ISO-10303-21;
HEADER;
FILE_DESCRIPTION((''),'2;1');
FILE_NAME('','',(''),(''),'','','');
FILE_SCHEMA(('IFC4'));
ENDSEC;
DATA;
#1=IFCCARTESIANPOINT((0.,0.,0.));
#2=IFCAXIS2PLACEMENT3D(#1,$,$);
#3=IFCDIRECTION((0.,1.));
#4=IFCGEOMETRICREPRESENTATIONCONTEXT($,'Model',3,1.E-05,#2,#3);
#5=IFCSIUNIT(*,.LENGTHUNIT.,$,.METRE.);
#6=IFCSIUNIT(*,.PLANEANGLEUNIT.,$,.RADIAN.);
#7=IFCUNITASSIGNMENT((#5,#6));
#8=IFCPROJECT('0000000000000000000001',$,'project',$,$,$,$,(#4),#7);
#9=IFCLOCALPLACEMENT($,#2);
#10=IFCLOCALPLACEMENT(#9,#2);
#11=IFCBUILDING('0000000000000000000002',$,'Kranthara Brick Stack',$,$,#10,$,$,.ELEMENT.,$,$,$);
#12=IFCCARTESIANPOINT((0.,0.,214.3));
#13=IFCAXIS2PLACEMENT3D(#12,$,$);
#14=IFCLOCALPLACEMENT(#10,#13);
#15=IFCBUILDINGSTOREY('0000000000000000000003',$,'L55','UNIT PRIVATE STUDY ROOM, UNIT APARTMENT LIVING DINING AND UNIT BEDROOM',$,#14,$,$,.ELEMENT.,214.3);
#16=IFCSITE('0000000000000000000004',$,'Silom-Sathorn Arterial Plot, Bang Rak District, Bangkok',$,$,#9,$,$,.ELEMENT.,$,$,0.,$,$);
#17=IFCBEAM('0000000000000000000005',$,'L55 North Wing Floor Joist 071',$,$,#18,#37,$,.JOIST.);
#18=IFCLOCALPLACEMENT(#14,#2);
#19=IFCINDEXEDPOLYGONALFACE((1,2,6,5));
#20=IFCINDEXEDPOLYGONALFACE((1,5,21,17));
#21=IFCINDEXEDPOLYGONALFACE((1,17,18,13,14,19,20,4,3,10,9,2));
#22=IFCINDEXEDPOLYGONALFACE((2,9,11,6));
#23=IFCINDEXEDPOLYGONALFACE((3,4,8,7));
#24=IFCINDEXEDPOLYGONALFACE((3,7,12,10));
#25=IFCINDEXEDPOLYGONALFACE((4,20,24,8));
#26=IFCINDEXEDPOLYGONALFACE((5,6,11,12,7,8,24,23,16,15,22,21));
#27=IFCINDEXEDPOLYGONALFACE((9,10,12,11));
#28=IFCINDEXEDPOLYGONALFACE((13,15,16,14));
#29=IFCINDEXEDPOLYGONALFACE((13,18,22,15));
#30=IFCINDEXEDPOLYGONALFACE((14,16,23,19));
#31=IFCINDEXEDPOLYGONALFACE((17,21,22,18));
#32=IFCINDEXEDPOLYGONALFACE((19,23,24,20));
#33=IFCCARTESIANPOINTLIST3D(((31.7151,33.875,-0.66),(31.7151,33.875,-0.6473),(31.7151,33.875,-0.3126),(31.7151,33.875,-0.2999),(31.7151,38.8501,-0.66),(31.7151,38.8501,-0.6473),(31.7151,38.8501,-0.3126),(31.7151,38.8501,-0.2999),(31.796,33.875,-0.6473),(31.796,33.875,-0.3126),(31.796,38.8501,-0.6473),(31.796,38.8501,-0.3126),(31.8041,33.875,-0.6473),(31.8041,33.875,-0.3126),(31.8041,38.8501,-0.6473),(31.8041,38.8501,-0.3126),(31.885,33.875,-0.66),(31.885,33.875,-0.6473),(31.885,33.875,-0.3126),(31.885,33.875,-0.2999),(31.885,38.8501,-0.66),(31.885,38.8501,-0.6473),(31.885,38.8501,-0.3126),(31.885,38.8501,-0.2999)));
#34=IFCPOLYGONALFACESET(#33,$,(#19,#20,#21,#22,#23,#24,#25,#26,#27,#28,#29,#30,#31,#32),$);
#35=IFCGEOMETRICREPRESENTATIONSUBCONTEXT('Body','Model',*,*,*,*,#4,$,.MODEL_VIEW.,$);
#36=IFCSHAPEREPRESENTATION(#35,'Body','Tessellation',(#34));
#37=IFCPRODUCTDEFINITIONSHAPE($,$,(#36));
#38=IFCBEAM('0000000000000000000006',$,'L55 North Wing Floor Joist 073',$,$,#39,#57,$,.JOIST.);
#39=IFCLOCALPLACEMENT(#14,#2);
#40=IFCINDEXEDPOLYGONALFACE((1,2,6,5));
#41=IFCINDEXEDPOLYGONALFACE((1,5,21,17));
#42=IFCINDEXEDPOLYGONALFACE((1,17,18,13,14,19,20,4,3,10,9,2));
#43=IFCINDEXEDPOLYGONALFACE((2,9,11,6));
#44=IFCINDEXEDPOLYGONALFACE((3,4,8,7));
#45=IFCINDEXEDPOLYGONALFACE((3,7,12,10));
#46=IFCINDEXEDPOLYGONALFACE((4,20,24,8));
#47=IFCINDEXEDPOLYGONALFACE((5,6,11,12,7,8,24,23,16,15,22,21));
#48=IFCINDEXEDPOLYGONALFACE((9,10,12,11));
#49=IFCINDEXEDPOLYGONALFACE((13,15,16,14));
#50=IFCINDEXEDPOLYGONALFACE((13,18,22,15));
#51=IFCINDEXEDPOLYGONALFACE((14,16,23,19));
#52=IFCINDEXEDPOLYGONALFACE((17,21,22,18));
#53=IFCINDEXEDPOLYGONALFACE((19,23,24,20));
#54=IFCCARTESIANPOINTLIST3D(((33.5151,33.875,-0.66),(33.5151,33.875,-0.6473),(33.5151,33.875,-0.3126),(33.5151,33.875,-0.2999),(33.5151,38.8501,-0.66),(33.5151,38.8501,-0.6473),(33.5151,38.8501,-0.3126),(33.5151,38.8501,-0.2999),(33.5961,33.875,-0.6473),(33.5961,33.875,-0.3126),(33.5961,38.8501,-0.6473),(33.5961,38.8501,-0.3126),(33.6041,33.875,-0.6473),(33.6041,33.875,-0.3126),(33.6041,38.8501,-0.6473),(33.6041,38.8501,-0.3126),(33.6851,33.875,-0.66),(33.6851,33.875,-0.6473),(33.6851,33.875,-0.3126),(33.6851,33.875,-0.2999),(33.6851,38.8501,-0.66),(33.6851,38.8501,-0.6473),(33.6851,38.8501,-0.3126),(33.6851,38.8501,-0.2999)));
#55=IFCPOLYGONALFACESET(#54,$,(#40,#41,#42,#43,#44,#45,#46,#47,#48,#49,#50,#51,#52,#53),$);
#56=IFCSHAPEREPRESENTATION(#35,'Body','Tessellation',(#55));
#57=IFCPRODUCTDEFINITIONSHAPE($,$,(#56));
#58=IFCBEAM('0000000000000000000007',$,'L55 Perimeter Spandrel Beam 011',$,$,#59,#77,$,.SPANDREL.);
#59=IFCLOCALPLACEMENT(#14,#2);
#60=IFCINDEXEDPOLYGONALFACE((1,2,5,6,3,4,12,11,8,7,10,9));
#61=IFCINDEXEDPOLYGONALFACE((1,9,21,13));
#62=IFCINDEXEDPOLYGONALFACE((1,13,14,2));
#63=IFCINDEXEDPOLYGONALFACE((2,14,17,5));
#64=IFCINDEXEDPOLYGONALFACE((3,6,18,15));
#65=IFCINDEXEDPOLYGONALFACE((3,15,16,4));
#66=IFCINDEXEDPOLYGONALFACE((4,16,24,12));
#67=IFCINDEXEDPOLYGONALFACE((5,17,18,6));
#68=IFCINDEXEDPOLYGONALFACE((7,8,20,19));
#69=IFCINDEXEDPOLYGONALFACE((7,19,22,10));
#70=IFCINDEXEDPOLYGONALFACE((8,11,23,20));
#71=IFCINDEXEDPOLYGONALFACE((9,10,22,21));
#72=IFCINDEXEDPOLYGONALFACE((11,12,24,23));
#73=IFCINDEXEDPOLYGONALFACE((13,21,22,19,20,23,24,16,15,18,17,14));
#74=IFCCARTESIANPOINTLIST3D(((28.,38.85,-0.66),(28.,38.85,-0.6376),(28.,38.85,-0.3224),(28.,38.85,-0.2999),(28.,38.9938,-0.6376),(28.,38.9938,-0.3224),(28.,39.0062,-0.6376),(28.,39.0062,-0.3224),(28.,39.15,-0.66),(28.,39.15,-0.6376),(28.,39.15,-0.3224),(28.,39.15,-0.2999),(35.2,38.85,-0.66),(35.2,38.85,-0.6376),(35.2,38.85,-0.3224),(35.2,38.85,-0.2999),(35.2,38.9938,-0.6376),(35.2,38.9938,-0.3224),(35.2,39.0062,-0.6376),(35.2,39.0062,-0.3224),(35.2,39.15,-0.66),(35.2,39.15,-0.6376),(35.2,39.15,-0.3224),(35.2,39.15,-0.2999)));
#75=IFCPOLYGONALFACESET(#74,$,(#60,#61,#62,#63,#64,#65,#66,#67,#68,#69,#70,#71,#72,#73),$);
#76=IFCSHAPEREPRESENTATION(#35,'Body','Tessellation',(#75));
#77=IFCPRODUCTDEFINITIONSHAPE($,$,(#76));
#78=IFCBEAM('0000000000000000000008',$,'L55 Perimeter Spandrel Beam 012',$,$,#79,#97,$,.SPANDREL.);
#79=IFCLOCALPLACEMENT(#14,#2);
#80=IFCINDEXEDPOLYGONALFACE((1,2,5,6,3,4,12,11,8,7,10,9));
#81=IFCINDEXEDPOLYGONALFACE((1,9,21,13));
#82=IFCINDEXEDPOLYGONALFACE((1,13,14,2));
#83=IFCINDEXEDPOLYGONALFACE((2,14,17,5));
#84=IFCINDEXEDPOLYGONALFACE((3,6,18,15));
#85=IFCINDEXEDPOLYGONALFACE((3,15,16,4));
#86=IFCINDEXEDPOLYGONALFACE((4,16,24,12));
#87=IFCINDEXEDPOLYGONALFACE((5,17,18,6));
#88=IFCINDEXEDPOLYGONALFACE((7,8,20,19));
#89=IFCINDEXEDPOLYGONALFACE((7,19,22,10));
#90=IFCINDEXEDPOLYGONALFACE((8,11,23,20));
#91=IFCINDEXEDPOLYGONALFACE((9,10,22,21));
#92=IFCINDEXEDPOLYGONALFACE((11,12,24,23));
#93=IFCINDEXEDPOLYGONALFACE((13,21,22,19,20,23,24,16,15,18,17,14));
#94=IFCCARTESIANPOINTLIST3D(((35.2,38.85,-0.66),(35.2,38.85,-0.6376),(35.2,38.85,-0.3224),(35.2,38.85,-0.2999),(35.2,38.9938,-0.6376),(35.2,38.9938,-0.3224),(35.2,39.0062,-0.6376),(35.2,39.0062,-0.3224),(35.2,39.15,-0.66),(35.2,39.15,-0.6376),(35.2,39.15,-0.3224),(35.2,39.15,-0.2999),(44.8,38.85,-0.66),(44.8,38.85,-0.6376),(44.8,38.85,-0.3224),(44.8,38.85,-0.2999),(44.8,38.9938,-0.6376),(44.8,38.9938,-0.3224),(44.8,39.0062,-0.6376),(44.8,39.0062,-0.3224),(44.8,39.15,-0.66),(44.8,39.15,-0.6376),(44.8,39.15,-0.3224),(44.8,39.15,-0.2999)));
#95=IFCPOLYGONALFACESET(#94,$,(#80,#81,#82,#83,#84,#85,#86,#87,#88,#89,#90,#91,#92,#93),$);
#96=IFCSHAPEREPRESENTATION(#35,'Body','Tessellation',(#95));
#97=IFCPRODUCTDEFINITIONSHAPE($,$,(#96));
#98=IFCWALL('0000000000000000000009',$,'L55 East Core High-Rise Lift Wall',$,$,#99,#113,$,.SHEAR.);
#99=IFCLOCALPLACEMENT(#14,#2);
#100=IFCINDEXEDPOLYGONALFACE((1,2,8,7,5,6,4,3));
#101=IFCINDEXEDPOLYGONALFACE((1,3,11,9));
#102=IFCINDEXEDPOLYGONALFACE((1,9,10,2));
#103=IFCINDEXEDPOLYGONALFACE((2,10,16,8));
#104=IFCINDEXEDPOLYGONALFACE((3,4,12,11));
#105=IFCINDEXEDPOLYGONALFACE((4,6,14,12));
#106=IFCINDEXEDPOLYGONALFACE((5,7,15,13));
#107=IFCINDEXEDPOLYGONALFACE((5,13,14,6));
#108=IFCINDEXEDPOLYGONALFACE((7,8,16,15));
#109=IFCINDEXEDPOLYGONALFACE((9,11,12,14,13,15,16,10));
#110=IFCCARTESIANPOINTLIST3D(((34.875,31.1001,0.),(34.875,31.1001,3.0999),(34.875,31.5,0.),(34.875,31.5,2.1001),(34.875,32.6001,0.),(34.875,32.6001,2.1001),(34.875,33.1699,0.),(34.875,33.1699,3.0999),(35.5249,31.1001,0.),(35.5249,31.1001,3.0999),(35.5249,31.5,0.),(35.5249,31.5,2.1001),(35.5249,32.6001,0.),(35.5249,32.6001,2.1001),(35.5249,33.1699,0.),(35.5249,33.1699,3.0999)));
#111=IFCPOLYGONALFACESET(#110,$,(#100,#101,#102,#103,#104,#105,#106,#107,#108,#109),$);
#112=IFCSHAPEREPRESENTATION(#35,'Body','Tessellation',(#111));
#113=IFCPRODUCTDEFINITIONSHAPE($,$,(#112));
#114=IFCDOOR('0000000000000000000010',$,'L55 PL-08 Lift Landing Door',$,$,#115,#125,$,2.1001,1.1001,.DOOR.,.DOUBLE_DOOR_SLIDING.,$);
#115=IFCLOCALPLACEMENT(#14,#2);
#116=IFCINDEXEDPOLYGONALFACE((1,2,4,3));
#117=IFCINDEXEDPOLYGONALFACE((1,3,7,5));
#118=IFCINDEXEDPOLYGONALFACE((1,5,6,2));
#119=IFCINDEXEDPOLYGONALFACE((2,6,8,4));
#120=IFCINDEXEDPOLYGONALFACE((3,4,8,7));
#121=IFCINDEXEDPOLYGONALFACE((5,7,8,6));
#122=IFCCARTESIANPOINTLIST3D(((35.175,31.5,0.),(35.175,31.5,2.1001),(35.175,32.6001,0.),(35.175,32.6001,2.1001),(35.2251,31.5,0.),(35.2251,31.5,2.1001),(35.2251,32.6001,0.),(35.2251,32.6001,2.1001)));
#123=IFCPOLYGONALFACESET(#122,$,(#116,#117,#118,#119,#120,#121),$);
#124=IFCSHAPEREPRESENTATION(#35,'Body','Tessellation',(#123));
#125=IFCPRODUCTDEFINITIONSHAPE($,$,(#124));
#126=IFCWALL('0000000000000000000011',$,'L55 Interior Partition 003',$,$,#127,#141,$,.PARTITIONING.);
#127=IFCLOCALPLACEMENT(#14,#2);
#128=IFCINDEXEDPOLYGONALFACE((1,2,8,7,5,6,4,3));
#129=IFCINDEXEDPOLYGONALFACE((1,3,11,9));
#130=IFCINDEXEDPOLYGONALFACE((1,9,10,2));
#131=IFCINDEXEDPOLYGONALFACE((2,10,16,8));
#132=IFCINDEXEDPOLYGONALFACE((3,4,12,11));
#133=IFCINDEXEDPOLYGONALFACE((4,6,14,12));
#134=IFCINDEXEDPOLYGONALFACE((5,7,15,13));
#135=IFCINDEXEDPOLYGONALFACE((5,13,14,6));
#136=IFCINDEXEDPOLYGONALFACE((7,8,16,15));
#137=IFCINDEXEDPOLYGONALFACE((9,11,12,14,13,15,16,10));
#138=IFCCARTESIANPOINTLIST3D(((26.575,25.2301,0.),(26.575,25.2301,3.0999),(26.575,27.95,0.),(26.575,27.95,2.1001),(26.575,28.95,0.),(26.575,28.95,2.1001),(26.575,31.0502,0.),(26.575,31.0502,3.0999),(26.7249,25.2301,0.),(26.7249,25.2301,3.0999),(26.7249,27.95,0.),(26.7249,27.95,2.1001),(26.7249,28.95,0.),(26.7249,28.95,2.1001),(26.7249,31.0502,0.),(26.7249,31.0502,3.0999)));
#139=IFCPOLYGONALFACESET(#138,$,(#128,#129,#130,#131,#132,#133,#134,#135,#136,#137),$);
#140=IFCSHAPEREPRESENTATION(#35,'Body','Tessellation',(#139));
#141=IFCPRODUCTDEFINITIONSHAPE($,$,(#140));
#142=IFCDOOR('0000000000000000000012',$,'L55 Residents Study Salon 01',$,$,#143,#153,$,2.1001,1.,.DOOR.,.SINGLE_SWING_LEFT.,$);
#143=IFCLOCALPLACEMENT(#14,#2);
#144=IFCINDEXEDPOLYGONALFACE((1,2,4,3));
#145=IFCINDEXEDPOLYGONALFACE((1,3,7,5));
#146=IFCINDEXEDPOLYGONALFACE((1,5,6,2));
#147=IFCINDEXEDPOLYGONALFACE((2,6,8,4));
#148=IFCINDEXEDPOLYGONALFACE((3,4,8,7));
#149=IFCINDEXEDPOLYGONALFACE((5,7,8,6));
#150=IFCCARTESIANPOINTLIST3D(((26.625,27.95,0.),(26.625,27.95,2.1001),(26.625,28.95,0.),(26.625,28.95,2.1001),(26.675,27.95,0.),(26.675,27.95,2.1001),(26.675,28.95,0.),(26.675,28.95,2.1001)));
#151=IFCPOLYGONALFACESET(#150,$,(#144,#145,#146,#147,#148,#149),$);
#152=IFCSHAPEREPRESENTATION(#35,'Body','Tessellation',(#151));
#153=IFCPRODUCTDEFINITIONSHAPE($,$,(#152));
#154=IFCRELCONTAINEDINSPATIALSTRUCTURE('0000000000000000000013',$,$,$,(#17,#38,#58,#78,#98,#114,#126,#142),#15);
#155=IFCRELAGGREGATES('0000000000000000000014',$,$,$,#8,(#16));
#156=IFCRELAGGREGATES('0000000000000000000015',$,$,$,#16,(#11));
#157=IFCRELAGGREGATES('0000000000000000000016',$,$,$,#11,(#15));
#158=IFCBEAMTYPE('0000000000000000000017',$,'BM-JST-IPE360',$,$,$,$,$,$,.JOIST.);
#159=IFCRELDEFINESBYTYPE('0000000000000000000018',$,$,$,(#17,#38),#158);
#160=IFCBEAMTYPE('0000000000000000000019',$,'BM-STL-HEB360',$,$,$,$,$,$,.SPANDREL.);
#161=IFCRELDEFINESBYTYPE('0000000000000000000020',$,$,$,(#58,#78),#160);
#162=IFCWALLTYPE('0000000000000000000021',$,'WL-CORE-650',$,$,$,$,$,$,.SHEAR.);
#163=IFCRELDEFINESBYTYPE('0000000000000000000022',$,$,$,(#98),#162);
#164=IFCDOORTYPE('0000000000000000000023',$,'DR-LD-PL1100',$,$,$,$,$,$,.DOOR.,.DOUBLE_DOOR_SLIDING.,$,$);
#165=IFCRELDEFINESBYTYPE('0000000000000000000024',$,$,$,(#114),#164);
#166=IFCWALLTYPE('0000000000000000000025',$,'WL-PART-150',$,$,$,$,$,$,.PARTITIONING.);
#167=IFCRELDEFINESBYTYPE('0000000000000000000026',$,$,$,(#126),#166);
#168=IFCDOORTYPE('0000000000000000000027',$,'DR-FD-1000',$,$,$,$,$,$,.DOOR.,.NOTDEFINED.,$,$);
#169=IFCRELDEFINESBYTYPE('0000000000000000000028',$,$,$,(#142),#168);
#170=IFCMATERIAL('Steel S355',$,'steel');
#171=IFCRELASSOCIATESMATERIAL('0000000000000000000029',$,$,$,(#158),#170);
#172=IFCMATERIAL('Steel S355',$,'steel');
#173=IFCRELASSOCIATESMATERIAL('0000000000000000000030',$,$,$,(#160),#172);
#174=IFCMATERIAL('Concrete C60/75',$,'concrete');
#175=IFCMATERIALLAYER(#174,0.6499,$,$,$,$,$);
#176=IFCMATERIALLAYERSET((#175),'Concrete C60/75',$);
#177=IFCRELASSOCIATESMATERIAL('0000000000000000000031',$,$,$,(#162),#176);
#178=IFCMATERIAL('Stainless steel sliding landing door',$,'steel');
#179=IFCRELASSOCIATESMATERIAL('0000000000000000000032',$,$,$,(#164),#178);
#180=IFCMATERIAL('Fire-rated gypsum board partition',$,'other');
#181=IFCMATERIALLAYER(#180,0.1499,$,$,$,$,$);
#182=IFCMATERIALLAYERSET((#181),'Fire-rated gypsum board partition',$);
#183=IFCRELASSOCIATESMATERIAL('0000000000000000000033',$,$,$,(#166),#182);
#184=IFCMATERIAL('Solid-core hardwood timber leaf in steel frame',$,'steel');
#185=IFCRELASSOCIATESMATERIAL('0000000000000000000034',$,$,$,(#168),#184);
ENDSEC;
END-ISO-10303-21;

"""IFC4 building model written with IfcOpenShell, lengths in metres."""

from ifc_helpers import new_model, si_unit, direction, frame, frame_2d, origin, origin_2d, place, context, subcontext, project, spatial, rectangle, i_section, extrude, material, layer, layer_set, material_profile, profile_set, type_object, element, fill, save


model = new_model("IFC4")

# Units and contexts
model_context = context("Model", 3, precision=1e-05, world=origin(), true_north=direction((0.0, 1.0)))
body_context = subcontext(model_context, "Body", "Model", "MODEL_VIEW")
ifc_project = project(units=[si_unit("LENGTHUNIT", "METRE"), si_unit("PLANEANGLEUNIT", "RADIAN")], contexts=[model_context])

# Site, building, storey
site_placement = place(None, origin())
site = spatial("IfcSite", under=ifc_project, at=site_placement, Name="Silom-Sathorn Arterial Plot, Bang Rak District, Bangkok", CompositionType="ELEMENT", RefElevation=0.0)
building_placement = place(site_placement, origin())
building = spatial("IfcBuilding", under=site, at=building_placement, Name="Kranthara Brick Stack", CompositionType="ELEMENT")
storey_placement = place(building_placement, frame((0.0, 0.0, 214.3)))
storey = spatial("IfcBuildingStorey", under=building, at=storey_placement, Name="L55", Description="UNIT PRIVATE STUDY ROOM, UNIT APARTMENT LIVING DINING AND UNIT BEDROOM", CompositionType="ELEMENT", Elevation=214.3)

# Beams
ifc_material_1 = material(Name="Steel S355", Category="steel")
ifc_material_profile_1 = material_profile(ifc_material_1, i_section(OverallWidth=0.1699, OverallDepth=0.3601, WebThickness=0.0081, FlangeThickness=0.0127, at=origin_2d()), Name="IPE 360")
ifc_profile_set_1 = profile_set([ifc_material_profile_1], Name="Steel S355")
beam_type_1 = type_object("IfcBeamType", Name="BM-JST-IPE360", PredefinedType="JOIST", material=ifc_profile_set_1)
for number, where, z_axis, x_axis, name in (
    (1, (31.8, 33.875, -0.48), (0.0, 1.0, 0.0), (-1.0, 0.0, 0.0), "L55 North Wing Floor Joist 071"),
    (2, (33.6001, 33.875, -0.48), (0.0, 1.0, 0.0), (-1.0, 0.0, 0.0), "L55 North Wing Floor Joist 073"),
):
    element("IfcBeam", number, at=place(storey_placement, frame(where, z_axis=z_axis, x_axis=x_axis)), inside=storey, type_object=beam_type_1, Name=name, PredefinedType="JOIST", context=body_context, shape_type="SweptSolid", body=[
        extrude(i_section(OverallWidth=0.1699, OverallDepth=0.3601, WebThickness=0.0081, FlangeThickness=0.0127, at=origin_2d()), origin(), (0.0, 0.0, 1.0), 4.9751),
    ])
ifc_material_2 = material(Name="Steel S355", Category="steel")
ifc_material_profile_2 = material_profile(ifc_material_2, i_section(OverallWidth=0.3, OverallDepth=0.3601, WebThickness=0.0125, FlangeThickness=0.0225, at=origin_2d()), Name="HEB 360")
ifc_profile_set_2 = profile_set([ifc_material_profile_2], Name="Steel S355")
beam_type_2 = type_object("IfcBeamType", Name="BM-STL-HEB360", PredefinedType="SPANDREL", material=ifc_profile_set_2)
beam_1_placement = place(storey_placement, frame((28.0, 39.0, -0.48), z_axis=(1.0, 0.0, 0.0), x_axis=(0.0, 1.0, 0.0)))
element("IfcBeam", 3, at=beam_1_placement, inside=storey, type_object=beam_type_2, Name="L55 Perimeter Spandrel Beam 011", PredefinedType="SPANDREL", context=body_context, shape_type="SweptSolid", body=[
    extrude(i_section(OverallWidth=0.3, OverallDepth=0.3601, WebThickness=0.0125, FlangeThickness=0.0225, at=origin_2d()), origin(), (0.0, 0.0, 1.0), 7.2),
])
beam_2_placement = place(storey_placement, frame((35.2, 39.0, -0.48), z_axis=(1.0, 0.0, 0.0), x_axis=(0.0, 1.0, 0.0)))
element("IfcBeam", 4, at=beam_2_placement, inside=storey, type_object=beam_type_2, Name="L55 Perimeter Spandrel Beam 012", PredefinedType="SPANDREL", context=body_context, shape_type="SweptSolid", body=[
    extrude(i_section(OverallWidth=0.3, OverallDepth=0.3601, WebThickness=0.0125, FlangeThickness=0.0225, at=origin_2d()), origin(), (0.0, 0.0, 1.0), 9.6001),
])

# Walls, openings, doors
ifc_material_3 = material(Name="Concrete C60/75", Category="concrete")
ifc_layer_1 = layer(ifc_material_3, 0.6499)
ifc_layer_set_1 = layer_set([ifc_layer_1], Name="Concrete C60/75")
wall_type_1 = type_object("IfcWallType", Name="WL-CORE-650", PredefinedType="SHEAR", material=ifc_layer_set_1)
wall_1_placement = place(storey_placement, frame((35.2, 31.1001, 0.0), z_axis=(0.0, 0.0, 1.0), x_axis=(0.0, 1.0, 0.0)))
wall_1 = element("IfcWall", 5, at=wall_1_placement, inside=storey, type_object=wall_type_1, Name="L55 East Core High-Rise Lift Wall", PredefinedType="SHEAR", context=body_context, shape_type="SweptSolid", body=[
    extrude(rectangle(XDim=2.0698, YDim=0.6499, at=frame_2d((1.0349, 0.0))), origin(), (0.0, 0.0, 1.0), 3.0999),
])
opening_1_placement = place(wall_1_placement, frame((0.3999, 0.0, 0.0)))
opening_1 = element("IfcOpeningElement", 6, at=opening_1_placement, cuts=wall_1, PredefinedType="OPENING", context=body_context, shape_type="SweptSolid", body=[
    extrude(rectangle(XDim=1.1001, YDim=2.1001, at=frame_2d((0.55, 1.05))), frame((0.0, 0.335, 0.0), z_axis=(0.0, -1.0, 0.0), x_axis=(1.0, 0.0, 0.0)), (0.0, 0.0, 1.0), 0.6699),
])
ifc_material_4 = material(Name="Stainless steel sliding landing door", Category="steel")
door_type_1 = type_object("IfcDoorType", Name="DR-LD-PL1100", OperationType="DOUBLE_DOOR_SLIDING", PredefinedType="DOOR", material=ifc_material_4)
door_1_placement = place(opening_1_placement, origin())
door_1 = element("IfcDoor", 7, at=door_1_placement, inside=storey, type_object=door_type_1, Name="L55 PL-08 Lift Landing Door", OperationType="DOUBLE_DOOR_SLIDING", OverallHeight=2.1001, OverallWidth=1.1001, PredefinedType="DOOR", context=body_context, shape_type="SweptSolid", body=[
    extrude(rectangle(XDim=1.1001, YDim=2.1001, at=frame_2d((0.55, 1.05))), frame((0.0, 0.0249, 0.0), z_axis=(0.0, -1.0, 0.0), x_axis=(1.0, 0.0, 0.0)), (0.0, 0.0, 1.0), 0.05),
])
fill(opening_1, door_1)
ifc_material_5 = material(Name="Fire-rated gypsum board partition", Category="other")
ifc_layer_2 = layer(ifc_material_5, 0.1499)
ifc_layer_set_2 = layer_set([ifc_layer_2], Name="Fire-rated gypsum board partition")
wall_type_2 = type_object("IfcWallType", Name="WL-PART-150", PredefinedType="PARTITIONING", material=ifc_layer_set_2)
wall_2_placement = place(storey_placement, frame((26.6499, 25.23, 0.0), z_axis=(0.0, 0.0, 1.0), x_axis=(0.0, 1.0, 0.0)))
wall_2 = element("IfcWall", 8, at=wall_2_placement, inside=storey, type_object=wall_type_2, Name="L55 Interior Partition 003", PredefinedType="PARTITIONING", context=body_context, shape_type="SweptSolid", body=[
    extrude(rectangle(XDim=5.8201, YDim=0.1499, at=frame_2d((2.9102, 0.0))), origin(), (0.0, 0.0, 1.0), 3.0999),
])
opening_2_placement = place(wall_2_placement, frame((2.72, 0.0, 0.0)))
opening_2 = element("IfcOpeningElement", 9, at=opening_2_placement, cuts=wall_2, PredefinedType="OPENING", context=body_context, shape_type="SweptSolid", body=[
    extrude(rectangle(XDim=1.0, YDim=2.1001, at=frame_2d((0.5, 1.05))), frame((0.0, 0.085, 0.0), z_axis=(0.0, -1.0, 0.0), x_axis=(1.0, 0.0, 0.0)), (0.0, 0.0, 1.0), 0.1699),
])
ifc_material_6 = material(Name="Solid-core hardwood timber leaf in steel frame", Category="steel")
door_type_2 = type_object("IfcDoorType", Name="DR-FD-1000", OperationType="NOTDEFINED", PredefinedType="DOOR", material=ifc_material_6)
door_2_placement = place(opening_2_placement, origin())
door_2 = element("IfcDoor", 10, at=door_2_placement, inside=storey, type_object=door_type_2, Name="L55 Residents Study Salon 01", OperationType="SINGLE_SWING_LEFT", OverallHeight=2.1001, OverallWidth=1.0, PredefinedType="DOOR", context=body_context, shape_type="SweptSolid", body=[
    extrude(rectangle(XDim=1.0, YDim=2.1001, at=frame_2d((0.5, 1.05))), frame((0.0, 0.0249, 0.0), z_axis=(0.0, -1.0, 0.0), x_axis=(1.0, 0.0, 0.0)), (0.0, 0.0, 1.0), 0.05),
])
fill(opening_2, door_2)

save(model, "model.ifc")
